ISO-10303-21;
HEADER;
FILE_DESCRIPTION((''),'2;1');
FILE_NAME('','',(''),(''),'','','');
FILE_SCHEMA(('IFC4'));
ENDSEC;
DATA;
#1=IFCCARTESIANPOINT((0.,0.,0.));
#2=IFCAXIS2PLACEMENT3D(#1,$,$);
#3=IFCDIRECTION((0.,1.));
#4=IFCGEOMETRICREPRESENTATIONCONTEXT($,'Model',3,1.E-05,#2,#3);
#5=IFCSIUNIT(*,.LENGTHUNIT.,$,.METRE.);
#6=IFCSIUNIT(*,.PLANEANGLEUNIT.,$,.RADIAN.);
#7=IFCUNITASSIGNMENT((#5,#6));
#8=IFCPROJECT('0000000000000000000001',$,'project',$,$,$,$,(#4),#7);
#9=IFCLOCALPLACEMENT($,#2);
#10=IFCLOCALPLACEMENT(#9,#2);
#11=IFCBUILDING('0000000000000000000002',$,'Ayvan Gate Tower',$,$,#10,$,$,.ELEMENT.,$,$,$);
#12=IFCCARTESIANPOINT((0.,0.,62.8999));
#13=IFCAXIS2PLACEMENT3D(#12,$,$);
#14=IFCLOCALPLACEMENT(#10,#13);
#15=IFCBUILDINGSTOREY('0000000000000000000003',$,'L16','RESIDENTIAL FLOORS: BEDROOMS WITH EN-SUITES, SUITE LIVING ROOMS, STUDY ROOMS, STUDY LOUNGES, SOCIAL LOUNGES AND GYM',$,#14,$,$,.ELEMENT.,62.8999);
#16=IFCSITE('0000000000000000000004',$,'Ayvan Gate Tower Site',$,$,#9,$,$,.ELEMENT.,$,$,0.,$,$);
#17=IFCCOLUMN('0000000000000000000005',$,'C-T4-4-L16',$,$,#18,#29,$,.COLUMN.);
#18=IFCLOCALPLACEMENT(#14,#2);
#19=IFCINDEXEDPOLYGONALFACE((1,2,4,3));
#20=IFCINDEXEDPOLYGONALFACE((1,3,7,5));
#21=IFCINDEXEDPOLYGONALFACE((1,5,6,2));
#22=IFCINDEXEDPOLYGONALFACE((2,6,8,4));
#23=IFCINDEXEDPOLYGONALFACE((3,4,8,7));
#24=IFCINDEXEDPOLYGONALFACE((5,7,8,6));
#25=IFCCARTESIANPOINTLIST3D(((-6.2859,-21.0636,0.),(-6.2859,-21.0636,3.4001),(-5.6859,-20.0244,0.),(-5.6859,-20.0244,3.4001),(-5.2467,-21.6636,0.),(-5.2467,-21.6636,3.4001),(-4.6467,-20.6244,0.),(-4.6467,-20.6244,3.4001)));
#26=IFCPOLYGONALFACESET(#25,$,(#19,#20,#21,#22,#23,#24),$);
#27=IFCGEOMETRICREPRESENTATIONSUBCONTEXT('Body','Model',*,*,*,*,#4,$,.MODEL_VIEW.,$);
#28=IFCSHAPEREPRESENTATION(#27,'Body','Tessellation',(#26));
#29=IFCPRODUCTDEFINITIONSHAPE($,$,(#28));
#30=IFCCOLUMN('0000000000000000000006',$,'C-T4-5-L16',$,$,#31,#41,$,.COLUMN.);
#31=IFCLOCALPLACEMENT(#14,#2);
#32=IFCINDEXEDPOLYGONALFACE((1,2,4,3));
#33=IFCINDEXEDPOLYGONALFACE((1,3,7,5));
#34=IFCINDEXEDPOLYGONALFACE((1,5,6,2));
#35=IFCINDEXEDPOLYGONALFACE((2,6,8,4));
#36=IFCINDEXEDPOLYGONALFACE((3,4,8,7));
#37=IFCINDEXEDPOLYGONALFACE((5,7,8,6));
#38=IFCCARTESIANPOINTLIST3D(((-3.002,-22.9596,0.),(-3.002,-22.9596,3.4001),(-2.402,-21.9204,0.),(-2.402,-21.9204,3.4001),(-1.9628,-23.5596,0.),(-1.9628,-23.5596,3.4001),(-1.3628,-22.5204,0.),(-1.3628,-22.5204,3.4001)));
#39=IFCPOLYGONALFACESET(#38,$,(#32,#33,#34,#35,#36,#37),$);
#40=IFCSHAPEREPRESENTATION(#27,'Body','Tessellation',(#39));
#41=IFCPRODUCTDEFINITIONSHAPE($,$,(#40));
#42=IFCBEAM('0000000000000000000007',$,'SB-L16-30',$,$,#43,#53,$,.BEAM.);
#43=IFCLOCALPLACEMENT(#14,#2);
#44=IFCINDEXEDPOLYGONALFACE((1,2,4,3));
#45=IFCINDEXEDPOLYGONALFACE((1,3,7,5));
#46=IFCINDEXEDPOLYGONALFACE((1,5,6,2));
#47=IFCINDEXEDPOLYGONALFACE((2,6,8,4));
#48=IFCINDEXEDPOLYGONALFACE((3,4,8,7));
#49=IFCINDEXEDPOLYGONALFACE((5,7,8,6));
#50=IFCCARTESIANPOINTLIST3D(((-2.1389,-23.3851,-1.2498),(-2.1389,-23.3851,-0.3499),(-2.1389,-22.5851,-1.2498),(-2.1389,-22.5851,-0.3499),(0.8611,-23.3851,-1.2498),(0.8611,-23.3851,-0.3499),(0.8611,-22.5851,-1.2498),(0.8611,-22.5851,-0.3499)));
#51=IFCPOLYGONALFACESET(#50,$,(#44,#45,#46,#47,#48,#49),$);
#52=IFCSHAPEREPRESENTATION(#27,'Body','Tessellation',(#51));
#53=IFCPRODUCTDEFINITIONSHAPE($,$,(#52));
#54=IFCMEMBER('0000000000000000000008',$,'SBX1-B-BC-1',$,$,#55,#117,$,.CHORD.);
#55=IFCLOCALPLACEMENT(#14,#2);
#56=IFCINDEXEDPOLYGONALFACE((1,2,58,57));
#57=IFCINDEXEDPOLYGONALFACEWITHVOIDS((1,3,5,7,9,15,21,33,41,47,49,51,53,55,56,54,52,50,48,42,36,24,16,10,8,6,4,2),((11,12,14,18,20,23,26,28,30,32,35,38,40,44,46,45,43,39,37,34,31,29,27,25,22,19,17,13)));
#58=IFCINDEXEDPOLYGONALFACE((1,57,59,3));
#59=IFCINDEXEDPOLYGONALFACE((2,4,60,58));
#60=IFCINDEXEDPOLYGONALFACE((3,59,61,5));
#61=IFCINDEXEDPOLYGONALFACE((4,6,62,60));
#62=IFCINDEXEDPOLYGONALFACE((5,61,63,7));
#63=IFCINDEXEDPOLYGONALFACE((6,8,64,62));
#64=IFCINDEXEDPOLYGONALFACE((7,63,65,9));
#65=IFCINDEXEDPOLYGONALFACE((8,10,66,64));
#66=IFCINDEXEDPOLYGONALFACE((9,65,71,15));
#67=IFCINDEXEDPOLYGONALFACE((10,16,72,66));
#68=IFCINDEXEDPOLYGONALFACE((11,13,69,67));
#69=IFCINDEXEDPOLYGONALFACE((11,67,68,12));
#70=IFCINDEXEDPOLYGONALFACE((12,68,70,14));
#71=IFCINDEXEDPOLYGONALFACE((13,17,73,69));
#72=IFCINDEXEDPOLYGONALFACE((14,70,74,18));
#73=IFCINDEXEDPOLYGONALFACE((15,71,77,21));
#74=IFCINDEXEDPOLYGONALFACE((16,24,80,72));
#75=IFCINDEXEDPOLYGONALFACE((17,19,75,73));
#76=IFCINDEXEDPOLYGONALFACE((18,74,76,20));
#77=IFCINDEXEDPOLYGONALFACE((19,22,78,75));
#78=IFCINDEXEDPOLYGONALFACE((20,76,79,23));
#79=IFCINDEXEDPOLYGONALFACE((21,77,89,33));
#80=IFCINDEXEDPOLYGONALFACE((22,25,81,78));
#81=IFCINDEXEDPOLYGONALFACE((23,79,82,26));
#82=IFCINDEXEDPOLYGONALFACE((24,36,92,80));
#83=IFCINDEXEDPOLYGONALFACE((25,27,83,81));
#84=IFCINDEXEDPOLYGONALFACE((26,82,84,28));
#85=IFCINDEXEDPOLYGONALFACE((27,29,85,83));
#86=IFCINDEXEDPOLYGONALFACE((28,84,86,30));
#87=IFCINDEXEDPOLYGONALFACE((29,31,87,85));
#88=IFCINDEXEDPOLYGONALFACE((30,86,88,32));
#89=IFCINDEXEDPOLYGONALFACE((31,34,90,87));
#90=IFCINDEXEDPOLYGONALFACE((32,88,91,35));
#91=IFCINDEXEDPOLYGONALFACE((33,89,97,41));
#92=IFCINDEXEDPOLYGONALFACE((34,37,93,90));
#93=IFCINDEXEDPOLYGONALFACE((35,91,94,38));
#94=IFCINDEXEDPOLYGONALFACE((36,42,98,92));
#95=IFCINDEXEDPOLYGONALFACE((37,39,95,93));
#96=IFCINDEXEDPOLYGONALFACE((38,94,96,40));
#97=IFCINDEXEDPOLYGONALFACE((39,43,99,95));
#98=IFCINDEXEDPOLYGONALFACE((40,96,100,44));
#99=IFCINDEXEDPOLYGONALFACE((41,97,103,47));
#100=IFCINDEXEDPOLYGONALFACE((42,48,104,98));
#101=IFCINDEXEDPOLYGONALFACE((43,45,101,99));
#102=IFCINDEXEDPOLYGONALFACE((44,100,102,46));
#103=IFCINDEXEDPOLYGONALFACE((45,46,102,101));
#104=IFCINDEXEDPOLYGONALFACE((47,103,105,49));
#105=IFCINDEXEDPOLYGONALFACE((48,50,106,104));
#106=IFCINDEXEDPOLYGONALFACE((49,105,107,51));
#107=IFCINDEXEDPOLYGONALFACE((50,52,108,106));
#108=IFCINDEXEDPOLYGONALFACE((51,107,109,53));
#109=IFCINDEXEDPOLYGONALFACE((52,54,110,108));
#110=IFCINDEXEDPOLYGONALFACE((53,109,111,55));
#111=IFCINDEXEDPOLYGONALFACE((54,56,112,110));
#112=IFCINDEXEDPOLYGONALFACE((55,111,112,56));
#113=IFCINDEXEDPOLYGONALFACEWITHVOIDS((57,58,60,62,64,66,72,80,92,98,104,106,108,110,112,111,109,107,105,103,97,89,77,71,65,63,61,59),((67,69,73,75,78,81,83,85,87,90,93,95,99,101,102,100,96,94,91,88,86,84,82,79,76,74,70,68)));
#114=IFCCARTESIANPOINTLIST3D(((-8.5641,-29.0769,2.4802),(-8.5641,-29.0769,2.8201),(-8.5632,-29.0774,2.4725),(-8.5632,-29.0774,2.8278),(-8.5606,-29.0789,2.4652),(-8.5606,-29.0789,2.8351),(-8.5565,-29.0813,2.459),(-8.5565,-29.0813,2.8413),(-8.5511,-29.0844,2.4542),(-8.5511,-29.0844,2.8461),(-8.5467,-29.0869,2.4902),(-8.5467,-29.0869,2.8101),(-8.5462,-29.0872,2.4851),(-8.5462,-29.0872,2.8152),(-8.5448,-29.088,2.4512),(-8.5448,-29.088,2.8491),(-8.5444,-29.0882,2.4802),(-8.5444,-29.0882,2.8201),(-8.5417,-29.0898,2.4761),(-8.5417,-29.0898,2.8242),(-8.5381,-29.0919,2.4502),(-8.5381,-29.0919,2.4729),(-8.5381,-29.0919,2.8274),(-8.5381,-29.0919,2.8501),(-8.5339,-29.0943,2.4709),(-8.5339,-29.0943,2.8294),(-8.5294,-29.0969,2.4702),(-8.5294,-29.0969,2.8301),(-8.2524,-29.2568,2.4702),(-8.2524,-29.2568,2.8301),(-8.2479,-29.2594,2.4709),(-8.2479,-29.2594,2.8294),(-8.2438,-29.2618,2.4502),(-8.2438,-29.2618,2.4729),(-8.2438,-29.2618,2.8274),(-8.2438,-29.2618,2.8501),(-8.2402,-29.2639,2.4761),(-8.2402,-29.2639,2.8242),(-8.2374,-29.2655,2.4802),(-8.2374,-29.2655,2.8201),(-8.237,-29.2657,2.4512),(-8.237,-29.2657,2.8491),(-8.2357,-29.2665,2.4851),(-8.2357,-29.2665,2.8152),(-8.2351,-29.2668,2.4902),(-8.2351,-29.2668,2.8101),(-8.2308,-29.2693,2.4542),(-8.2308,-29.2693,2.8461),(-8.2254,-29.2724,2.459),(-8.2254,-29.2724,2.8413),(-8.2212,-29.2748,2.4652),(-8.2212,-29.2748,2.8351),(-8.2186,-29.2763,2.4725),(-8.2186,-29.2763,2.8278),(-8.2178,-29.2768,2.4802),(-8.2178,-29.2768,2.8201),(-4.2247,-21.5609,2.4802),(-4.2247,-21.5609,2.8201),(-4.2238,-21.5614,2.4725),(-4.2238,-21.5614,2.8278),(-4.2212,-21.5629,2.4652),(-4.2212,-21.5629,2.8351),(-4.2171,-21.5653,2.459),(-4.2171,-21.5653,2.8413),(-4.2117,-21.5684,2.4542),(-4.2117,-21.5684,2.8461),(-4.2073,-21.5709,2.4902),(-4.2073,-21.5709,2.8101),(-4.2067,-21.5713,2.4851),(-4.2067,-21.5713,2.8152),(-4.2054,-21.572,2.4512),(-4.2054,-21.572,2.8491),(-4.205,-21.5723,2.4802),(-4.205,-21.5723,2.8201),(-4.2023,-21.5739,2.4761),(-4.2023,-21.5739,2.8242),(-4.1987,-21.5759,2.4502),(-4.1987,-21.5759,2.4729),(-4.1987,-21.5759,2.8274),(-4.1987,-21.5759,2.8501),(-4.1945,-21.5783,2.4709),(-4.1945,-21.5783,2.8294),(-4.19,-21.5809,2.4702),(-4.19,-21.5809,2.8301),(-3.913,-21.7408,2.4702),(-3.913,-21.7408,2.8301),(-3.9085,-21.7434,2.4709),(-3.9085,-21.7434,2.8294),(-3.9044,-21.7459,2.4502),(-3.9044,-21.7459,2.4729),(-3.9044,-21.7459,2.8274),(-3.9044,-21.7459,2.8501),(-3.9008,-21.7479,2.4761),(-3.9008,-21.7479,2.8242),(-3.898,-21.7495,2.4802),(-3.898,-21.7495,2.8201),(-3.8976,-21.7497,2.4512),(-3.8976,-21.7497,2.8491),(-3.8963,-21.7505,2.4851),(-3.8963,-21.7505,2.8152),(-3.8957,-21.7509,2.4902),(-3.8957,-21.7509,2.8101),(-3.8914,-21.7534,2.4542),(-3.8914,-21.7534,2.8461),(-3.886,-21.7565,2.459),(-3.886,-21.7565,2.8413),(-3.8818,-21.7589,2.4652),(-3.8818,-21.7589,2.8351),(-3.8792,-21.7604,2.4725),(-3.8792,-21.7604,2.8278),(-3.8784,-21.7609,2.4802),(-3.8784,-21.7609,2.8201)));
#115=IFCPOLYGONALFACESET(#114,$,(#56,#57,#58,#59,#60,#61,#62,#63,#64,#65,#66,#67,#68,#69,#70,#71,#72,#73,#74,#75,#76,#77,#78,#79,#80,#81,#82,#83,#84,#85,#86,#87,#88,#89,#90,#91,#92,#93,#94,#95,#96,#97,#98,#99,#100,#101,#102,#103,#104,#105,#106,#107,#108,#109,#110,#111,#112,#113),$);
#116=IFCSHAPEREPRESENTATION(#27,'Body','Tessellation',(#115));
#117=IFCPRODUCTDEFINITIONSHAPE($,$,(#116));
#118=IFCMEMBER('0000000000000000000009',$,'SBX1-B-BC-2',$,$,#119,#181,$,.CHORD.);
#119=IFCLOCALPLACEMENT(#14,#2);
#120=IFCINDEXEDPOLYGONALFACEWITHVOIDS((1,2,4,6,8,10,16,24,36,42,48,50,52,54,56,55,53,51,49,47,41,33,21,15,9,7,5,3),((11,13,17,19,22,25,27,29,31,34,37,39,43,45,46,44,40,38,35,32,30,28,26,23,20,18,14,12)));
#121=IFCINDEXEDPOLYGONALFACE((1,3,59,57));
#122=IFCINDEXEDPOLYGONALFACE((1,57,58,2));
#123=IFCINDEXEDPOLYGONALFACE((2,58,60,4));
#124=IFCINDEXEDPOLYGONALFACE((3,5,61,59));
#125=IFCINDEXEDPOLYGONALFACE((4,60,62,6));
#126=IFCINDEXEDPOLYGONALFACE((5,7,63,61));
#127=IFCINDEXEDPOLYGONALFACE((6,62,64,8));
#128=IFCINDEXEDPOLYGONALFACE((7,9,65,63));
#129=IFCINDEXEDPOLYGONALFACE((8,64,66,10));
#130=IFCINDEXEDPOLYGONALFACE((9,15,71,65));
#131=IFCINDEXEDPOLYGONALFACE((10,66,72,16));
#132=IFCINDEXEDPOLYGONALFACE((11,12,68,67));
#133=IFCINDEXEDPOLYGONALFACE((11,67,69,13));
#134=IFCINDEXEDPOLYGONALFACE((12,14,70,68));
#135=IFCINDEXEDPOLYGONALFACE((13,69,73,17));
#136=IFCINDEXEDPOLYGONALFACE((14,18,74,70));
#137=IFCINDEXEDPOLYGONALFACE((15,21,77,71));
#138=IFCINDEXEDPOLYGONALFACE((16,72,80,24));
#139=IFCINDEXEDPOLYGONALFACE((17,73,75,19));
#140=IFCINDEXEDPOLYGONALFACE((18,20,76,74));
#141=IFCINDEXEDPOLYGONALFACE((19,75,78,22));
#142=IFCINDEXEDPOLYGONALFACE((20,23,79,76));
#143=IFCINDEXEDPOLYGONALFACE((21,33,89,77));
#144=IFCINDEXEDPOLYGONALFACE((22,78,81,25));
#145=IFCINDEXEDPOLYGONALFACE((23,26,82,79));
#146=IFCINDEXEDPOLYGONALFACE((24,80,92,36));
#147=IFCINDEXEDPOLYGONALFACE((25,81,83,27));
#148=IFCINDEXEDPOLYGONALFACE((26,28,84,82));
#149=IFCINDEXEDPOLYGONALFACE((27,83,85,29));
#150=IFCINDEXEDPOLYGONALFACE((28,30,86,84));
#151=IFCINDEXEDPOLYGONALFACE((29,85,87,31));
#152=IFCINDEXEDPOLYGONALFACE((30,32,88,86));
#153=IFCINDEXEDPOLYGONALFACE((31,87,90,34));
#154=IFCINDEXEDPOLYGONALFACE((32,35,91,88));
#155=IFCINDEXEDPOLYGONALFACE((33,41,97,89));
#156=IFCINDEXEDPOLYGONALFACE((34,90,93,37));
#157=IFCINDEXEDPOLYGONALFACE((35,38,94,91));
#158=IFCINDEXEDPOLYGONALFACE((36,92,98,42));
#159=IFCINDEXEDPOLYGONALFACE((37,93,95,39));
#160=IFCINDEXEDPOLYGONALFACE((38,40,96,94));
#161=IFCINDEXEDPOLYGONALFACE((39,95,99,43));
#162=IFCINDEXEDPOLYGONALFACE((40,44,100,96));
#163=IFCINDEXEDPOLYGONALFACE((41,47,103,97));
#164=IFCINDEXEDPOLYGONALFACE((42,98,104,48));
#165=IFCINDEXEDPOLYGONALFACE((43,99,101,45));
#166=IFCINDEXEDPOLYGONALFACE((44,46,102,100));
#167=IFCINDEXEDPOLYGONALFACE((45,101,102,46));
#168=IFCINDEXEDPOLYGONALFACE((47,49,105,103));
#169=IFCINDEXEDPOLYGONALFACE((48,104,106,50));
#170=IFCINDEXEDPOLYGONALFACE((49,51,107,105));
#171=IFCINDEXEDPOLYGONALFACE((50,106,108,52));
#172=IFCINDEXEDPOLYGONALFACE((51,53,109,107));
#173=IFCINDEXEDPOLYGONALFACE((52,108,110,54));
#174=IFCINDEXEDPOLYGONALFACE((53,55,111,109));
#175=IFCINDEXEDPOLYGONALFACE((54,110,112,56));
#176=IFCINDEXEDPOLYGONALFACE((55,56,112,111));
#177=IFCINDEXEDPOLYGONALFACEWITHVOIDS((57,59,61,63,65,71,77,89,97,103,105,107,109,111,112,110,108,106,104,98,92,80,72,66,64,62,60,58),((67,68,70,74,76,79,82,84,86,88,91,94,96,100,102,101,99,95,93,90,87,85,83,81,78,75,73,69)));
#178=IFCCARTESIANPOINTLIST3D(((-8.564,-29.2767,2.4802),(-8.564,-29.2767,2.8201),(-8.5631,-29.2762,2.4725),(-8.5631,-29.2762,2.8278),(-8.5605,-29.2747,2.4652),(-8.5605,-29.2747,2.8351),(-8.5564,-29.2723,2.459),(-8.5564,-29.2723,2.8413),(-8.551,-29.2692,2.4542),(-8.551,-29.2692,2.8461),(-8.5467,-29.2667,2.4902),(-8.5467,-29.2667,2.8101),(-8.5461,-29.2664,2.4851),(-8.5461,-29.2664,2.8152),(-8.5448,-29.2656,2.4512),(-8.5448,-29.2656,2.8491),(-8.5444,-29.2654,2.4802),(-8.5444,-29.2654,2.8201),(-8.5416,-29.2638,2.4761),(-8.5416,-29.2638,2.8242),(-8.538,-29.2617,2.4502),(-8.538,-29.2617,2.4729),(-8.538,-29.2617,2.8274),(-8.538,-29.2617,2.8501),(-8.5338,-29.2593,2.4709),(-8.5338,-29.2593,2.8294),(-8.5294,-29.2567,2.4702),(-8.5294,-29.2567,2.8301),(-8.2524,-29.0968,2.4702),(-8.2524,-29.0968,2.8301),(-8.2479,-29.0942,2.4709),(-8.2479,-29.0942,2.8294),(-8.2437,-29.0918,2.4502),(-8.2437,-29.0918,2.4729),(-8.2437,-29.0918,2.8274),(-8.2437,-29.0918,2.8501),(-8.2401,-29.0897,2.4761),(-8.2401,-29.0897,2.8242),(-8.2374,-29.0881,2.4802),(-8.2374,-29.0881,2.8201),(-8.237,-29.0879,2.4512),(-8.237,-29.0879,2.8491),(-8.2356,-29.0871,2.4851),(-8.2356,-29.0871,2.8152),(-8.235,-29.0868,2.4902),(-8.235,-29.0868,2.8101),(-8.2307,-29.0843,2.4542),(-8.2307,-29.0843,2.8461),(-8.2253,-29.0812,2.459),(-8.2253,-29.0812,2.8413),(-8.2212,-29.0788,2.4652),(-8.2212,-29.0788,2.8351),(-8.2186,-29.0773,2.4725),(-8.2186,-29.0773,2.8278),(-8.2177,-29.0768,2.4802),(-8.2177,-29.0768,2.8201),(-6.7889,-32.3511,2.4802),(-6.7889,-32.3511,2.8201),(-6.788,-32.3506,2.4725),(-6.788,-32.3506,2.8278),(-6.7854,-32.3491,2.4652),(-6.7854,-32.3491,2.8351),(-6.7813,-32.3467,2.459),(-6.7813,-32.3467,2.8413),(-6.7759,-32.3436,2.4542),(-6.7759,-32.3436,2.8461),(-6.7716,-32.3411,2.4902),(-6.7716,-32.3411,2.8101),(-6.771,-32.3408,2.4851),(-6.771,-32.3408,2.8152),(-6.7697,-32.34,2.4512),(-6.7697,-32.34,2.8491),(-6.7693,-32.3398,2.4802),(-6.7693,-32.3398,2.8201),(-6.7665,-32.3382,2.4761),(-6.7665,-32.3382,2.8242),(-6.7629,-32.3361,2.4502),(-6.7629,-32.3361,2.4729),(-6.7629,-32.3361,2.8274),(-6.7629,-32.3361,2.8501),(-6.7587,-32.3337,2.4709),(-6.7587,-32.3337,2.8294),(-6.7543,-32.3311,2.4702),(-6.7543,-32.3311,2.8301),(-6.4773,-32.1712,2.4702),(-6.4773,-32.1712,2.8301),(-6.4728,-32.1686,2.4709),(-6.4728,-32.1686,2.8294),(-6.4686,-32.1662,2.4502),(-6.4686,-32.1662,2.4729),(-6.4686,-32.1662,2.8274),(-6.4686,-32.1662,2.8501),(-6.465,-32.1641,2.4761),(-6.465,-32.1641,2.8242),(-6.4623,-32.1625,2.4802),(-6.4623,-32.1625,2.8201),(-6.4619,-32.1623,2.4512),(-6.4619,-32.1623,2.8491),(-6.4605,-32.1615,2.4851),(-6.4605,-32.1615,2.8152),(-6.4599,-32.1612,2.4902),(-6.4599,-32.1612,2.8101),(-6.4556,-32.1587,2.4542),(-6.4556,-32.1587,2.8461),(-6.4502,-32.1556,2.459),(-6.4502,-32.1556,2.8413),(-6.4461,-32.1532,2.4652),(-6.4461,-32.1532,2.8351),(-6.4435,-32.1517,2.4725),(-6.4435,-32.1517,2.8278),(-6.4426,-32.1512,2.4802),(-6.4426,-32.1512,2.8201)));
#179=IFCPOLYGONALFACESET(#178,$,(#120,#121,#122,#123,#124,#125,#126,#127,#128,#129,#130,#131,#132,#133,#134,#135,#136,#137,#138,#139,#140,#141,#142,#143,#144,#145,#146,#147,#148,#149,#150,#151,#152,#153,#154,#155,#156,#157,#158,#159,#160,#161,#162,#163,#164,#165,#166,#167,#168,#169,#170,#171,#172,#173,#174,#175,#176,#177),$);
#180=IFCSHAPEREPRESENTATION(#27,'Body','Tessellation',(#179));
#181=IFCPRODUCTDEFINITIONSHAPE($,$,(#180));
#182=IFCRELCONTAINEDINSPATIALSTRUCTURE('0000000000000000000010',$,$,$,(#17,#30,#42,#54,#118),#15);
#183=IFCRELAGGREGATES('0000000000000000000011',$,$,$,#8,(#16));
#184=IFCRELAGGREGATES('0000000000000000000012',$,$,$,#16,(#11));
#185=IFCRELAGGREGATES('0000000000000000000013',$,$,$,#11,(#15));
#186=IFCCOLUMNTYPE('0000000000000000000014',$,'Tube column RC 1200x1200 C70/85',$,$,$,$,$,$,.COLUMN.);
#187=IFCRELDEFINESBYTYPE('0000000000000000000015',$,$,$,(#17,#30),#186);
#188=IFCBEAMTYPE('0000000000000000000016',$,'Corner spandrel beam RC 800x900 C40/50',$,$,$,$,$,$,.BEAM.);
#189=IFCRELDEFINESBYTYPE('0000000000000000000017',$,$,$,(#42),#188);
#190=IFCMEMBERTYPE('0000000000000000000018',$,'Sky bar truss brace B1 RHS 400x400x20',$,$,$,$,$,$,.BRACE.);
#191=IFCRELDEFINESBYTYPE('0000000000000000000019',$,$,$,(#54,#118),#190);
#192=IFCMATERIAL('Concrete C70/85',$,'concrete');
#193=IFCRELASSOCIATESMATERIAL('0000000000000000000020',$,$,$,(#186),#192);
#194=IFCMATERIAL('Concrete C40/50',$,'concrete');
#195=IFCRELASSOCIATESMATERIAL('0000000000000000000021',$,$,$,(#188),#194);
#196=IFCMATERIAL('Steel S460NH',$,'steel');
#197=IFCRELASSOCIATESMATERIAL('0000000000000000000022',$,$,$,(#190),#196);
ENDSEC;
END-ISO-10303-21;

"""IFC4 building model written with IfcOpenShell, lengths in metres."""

from ifc_helpers import new_model, si_unit, direction, frame, origin, origin_2d, place, context, subcontext, project, spatial, rectangle, hollow_rectangle, extrude, material, material_profile, profile_set, type_object, element, save


model = new_model("IFC4")

# Units and contexts
model_context = context("Model", 3, precision=1e-05, world=origin(), true_north=direction((0.0, 1.0)))
body_context = subcontext(model_context, "Body", "Model", "MODEL_VIEW")
ifc_project = project(units=[si_unit("LENGTHUNIT", "METRE"), si_unit("PLANEANGLEUNIT", "RADIAN")], contexts=[model_context])

# Site, building, storey
site_placement = place(None, origin())
site = spatial("IfcSite", under=ifc_project, at=site_placement, Name="Ayvan Gate Tower Site", CompositionType="ELEMENT", RefElevation=0.0)
building_placement = place(site_placement, origin())
building = spatial("IfcBuilding", under=site, at=building_placement, Name="Ayvan Gate Tower", CompositionType="ELEMENT")
storey_placement = place(building_placement, frame((0.0, 0.0, 62.8999)))
storey = spatial("IfcBuildingStorey", under=building, at=storey_placement, Name="L16", Description="RESIDENTIAL FLOORS: BEDROOMS WITH EN-SUITES, SUITE LIVING ROOMS, STUDY ROOMS, STUDY LOUNGES, SOCIAL LOUNGES AND GYM", CompositionType="ELEMENT", Elevation=62.8999)

# Columns
ifc_material_1 = material(Name="Concrete C70/85", Category="concrete")
ifc_material_profile_1 = material_profile(ifc_material_1, rectangle(XDim=1.2, YDim=1.2, at=origin_2d()), Name="RC 1200x1200")
ifc_profile_set_1 = profile_set([ifc_material_profile_1], Name="Concrete C70/85")
column_type = type_object("IfcColumnType", Name="Tube column RC 1200x1200 C70/85", PredefinedType="COLUMN", material=ifc_profile_set_1)
for number, where, z_axis, x_axis, name in (
    (1, (-5.4663, -20.844, 0.0), (0.0, 0.0, 1.0), (-0.5, -0.866025, 0.0), "C-T4-4-L16"),
    (2, (-2.1824, -22.74, 0.0), (0.0, 0.0, 1.0), (-0.5, -0.866025, 0.0), "C-T4-5-L16"),
):
    element("IfcColumn", number, at=place(storey_placement, frame(where, z_axis=z_axis, x_axis=x_axis)), inside=storey, type_object=column_type, Name=name, PredefinedType="COLUMN", context=body_context, shape_type="SweptSolid", body=[
        extrude(rectangle(XDim=1.2, YDim=1.2, at=origin_2d()), origin(), (0.0, 0.0, 1.0), 3.4001),
    ])

# Beam
ifc_material_2 = material(Name="Concrete C40/50", Category="concrete")
ifc_material_profile_2 = material_profile(ifc_material_2, rectangle(XDim=0.8, YDim=0.8999, at=origin_2d()), Name="RC 800x900")
ifc_profile_set_2 = profile_set([ifc_material_profile_2], Name="Concrete C40/50")
beam_type_1 = type_object("IfcBeamType", Name="Corner spandrel beam RC 800x900 C40/50", PredefinedType="BEAM", material=ifc_profile_set_2)
beam_1_placement = place(storey_placement, frame((-2.1389, -22.9851, -0.7998), z_axis=(1.0, 0.0, 0.0), x_axis=(0.0, 1.0, 0.0)))
element("IfcBeam", 3, at=beam_1_placement, inside=storey, type_object=beam_type_1, Name="SB-L16-30", PredefinedType="BEAM", context=body_context, shape_type="SweptSolid", body=[
    extrude(rectangle(XDim=0.8, YDim=0.8999, at=origin_2d()), origin(), (0.0, 0.0, 1.0), 3.0),
])

# Members
ifc_material_3 = material(Name="Steel S460NH", Category="steel")
ifc_material_profile_3 = material_profile(ifc_material_3, hollow_rectangle(XDim=0.3999, YDim=0.3999, WallThickness=0.02, InnerFilletRadius=0.02, OuterFilletRadius=0.03, at=origin_2d()), Name="RHS 400x400x20")
ifc_profile_set_3 = profile_set([ifc_material_profile_3], Name="Steel S460NH")
member_type_1 = type_object("IfcMemberType", Name="Sky bar truss brace B1 RHS 400x400x20", PredefinedType="BRACE", material=ifc_profile_set_3)
member_1_placement = place(storey_placement, frame((-4.0515, -21.6609, 2.6501), z_axis=(-0.500006, -0.866022, 0.0), x_axis=(0.866022, -0.500006, 0.0)))
element("IfcMember", 4, at=member_1_placement, inside=storey, type_object=member_type_1, Name="SBX1-B-BC-1", PredefinedType="CHORD", context=body_context, shape_type="SweptSolid", body=[
    extrude(hollow_rectangle(XDim=0.3999, YDim=0.3999, WallThickness=0.02, InnerFilletRadius=0.02, OuterFilletRadius=0.03, at=origin_2d()), origin(), (0.0, 0.0, 1.0), 8.6787),
])
member_2_placement = place(storey_placement, frame((-8.3909, -29.1768, 2.6501), z_axis=(0.500022, -0.866013, 0.0), x_axis=(0.866013, 0.500022, 0.0)))
element("IfcMember", 5, at=member_2_placement, inside=storey, type_object=member_type_1, Name="SBX1-B-BC-2", PredefinedType="CHORD", context=body_context, shape_type="SweptSolid", body=[
    extrude(hollow_rectangle(XDim=0.3999, YDim=0.3999, WallThickness=0.02, InnerFilletRadius=0.02, OuterFilletRadius=0.03, at=origin_2d()), origin(), (0.0, 0.0, 1.0), 3.55),
])

save(model, "model.ifc")
